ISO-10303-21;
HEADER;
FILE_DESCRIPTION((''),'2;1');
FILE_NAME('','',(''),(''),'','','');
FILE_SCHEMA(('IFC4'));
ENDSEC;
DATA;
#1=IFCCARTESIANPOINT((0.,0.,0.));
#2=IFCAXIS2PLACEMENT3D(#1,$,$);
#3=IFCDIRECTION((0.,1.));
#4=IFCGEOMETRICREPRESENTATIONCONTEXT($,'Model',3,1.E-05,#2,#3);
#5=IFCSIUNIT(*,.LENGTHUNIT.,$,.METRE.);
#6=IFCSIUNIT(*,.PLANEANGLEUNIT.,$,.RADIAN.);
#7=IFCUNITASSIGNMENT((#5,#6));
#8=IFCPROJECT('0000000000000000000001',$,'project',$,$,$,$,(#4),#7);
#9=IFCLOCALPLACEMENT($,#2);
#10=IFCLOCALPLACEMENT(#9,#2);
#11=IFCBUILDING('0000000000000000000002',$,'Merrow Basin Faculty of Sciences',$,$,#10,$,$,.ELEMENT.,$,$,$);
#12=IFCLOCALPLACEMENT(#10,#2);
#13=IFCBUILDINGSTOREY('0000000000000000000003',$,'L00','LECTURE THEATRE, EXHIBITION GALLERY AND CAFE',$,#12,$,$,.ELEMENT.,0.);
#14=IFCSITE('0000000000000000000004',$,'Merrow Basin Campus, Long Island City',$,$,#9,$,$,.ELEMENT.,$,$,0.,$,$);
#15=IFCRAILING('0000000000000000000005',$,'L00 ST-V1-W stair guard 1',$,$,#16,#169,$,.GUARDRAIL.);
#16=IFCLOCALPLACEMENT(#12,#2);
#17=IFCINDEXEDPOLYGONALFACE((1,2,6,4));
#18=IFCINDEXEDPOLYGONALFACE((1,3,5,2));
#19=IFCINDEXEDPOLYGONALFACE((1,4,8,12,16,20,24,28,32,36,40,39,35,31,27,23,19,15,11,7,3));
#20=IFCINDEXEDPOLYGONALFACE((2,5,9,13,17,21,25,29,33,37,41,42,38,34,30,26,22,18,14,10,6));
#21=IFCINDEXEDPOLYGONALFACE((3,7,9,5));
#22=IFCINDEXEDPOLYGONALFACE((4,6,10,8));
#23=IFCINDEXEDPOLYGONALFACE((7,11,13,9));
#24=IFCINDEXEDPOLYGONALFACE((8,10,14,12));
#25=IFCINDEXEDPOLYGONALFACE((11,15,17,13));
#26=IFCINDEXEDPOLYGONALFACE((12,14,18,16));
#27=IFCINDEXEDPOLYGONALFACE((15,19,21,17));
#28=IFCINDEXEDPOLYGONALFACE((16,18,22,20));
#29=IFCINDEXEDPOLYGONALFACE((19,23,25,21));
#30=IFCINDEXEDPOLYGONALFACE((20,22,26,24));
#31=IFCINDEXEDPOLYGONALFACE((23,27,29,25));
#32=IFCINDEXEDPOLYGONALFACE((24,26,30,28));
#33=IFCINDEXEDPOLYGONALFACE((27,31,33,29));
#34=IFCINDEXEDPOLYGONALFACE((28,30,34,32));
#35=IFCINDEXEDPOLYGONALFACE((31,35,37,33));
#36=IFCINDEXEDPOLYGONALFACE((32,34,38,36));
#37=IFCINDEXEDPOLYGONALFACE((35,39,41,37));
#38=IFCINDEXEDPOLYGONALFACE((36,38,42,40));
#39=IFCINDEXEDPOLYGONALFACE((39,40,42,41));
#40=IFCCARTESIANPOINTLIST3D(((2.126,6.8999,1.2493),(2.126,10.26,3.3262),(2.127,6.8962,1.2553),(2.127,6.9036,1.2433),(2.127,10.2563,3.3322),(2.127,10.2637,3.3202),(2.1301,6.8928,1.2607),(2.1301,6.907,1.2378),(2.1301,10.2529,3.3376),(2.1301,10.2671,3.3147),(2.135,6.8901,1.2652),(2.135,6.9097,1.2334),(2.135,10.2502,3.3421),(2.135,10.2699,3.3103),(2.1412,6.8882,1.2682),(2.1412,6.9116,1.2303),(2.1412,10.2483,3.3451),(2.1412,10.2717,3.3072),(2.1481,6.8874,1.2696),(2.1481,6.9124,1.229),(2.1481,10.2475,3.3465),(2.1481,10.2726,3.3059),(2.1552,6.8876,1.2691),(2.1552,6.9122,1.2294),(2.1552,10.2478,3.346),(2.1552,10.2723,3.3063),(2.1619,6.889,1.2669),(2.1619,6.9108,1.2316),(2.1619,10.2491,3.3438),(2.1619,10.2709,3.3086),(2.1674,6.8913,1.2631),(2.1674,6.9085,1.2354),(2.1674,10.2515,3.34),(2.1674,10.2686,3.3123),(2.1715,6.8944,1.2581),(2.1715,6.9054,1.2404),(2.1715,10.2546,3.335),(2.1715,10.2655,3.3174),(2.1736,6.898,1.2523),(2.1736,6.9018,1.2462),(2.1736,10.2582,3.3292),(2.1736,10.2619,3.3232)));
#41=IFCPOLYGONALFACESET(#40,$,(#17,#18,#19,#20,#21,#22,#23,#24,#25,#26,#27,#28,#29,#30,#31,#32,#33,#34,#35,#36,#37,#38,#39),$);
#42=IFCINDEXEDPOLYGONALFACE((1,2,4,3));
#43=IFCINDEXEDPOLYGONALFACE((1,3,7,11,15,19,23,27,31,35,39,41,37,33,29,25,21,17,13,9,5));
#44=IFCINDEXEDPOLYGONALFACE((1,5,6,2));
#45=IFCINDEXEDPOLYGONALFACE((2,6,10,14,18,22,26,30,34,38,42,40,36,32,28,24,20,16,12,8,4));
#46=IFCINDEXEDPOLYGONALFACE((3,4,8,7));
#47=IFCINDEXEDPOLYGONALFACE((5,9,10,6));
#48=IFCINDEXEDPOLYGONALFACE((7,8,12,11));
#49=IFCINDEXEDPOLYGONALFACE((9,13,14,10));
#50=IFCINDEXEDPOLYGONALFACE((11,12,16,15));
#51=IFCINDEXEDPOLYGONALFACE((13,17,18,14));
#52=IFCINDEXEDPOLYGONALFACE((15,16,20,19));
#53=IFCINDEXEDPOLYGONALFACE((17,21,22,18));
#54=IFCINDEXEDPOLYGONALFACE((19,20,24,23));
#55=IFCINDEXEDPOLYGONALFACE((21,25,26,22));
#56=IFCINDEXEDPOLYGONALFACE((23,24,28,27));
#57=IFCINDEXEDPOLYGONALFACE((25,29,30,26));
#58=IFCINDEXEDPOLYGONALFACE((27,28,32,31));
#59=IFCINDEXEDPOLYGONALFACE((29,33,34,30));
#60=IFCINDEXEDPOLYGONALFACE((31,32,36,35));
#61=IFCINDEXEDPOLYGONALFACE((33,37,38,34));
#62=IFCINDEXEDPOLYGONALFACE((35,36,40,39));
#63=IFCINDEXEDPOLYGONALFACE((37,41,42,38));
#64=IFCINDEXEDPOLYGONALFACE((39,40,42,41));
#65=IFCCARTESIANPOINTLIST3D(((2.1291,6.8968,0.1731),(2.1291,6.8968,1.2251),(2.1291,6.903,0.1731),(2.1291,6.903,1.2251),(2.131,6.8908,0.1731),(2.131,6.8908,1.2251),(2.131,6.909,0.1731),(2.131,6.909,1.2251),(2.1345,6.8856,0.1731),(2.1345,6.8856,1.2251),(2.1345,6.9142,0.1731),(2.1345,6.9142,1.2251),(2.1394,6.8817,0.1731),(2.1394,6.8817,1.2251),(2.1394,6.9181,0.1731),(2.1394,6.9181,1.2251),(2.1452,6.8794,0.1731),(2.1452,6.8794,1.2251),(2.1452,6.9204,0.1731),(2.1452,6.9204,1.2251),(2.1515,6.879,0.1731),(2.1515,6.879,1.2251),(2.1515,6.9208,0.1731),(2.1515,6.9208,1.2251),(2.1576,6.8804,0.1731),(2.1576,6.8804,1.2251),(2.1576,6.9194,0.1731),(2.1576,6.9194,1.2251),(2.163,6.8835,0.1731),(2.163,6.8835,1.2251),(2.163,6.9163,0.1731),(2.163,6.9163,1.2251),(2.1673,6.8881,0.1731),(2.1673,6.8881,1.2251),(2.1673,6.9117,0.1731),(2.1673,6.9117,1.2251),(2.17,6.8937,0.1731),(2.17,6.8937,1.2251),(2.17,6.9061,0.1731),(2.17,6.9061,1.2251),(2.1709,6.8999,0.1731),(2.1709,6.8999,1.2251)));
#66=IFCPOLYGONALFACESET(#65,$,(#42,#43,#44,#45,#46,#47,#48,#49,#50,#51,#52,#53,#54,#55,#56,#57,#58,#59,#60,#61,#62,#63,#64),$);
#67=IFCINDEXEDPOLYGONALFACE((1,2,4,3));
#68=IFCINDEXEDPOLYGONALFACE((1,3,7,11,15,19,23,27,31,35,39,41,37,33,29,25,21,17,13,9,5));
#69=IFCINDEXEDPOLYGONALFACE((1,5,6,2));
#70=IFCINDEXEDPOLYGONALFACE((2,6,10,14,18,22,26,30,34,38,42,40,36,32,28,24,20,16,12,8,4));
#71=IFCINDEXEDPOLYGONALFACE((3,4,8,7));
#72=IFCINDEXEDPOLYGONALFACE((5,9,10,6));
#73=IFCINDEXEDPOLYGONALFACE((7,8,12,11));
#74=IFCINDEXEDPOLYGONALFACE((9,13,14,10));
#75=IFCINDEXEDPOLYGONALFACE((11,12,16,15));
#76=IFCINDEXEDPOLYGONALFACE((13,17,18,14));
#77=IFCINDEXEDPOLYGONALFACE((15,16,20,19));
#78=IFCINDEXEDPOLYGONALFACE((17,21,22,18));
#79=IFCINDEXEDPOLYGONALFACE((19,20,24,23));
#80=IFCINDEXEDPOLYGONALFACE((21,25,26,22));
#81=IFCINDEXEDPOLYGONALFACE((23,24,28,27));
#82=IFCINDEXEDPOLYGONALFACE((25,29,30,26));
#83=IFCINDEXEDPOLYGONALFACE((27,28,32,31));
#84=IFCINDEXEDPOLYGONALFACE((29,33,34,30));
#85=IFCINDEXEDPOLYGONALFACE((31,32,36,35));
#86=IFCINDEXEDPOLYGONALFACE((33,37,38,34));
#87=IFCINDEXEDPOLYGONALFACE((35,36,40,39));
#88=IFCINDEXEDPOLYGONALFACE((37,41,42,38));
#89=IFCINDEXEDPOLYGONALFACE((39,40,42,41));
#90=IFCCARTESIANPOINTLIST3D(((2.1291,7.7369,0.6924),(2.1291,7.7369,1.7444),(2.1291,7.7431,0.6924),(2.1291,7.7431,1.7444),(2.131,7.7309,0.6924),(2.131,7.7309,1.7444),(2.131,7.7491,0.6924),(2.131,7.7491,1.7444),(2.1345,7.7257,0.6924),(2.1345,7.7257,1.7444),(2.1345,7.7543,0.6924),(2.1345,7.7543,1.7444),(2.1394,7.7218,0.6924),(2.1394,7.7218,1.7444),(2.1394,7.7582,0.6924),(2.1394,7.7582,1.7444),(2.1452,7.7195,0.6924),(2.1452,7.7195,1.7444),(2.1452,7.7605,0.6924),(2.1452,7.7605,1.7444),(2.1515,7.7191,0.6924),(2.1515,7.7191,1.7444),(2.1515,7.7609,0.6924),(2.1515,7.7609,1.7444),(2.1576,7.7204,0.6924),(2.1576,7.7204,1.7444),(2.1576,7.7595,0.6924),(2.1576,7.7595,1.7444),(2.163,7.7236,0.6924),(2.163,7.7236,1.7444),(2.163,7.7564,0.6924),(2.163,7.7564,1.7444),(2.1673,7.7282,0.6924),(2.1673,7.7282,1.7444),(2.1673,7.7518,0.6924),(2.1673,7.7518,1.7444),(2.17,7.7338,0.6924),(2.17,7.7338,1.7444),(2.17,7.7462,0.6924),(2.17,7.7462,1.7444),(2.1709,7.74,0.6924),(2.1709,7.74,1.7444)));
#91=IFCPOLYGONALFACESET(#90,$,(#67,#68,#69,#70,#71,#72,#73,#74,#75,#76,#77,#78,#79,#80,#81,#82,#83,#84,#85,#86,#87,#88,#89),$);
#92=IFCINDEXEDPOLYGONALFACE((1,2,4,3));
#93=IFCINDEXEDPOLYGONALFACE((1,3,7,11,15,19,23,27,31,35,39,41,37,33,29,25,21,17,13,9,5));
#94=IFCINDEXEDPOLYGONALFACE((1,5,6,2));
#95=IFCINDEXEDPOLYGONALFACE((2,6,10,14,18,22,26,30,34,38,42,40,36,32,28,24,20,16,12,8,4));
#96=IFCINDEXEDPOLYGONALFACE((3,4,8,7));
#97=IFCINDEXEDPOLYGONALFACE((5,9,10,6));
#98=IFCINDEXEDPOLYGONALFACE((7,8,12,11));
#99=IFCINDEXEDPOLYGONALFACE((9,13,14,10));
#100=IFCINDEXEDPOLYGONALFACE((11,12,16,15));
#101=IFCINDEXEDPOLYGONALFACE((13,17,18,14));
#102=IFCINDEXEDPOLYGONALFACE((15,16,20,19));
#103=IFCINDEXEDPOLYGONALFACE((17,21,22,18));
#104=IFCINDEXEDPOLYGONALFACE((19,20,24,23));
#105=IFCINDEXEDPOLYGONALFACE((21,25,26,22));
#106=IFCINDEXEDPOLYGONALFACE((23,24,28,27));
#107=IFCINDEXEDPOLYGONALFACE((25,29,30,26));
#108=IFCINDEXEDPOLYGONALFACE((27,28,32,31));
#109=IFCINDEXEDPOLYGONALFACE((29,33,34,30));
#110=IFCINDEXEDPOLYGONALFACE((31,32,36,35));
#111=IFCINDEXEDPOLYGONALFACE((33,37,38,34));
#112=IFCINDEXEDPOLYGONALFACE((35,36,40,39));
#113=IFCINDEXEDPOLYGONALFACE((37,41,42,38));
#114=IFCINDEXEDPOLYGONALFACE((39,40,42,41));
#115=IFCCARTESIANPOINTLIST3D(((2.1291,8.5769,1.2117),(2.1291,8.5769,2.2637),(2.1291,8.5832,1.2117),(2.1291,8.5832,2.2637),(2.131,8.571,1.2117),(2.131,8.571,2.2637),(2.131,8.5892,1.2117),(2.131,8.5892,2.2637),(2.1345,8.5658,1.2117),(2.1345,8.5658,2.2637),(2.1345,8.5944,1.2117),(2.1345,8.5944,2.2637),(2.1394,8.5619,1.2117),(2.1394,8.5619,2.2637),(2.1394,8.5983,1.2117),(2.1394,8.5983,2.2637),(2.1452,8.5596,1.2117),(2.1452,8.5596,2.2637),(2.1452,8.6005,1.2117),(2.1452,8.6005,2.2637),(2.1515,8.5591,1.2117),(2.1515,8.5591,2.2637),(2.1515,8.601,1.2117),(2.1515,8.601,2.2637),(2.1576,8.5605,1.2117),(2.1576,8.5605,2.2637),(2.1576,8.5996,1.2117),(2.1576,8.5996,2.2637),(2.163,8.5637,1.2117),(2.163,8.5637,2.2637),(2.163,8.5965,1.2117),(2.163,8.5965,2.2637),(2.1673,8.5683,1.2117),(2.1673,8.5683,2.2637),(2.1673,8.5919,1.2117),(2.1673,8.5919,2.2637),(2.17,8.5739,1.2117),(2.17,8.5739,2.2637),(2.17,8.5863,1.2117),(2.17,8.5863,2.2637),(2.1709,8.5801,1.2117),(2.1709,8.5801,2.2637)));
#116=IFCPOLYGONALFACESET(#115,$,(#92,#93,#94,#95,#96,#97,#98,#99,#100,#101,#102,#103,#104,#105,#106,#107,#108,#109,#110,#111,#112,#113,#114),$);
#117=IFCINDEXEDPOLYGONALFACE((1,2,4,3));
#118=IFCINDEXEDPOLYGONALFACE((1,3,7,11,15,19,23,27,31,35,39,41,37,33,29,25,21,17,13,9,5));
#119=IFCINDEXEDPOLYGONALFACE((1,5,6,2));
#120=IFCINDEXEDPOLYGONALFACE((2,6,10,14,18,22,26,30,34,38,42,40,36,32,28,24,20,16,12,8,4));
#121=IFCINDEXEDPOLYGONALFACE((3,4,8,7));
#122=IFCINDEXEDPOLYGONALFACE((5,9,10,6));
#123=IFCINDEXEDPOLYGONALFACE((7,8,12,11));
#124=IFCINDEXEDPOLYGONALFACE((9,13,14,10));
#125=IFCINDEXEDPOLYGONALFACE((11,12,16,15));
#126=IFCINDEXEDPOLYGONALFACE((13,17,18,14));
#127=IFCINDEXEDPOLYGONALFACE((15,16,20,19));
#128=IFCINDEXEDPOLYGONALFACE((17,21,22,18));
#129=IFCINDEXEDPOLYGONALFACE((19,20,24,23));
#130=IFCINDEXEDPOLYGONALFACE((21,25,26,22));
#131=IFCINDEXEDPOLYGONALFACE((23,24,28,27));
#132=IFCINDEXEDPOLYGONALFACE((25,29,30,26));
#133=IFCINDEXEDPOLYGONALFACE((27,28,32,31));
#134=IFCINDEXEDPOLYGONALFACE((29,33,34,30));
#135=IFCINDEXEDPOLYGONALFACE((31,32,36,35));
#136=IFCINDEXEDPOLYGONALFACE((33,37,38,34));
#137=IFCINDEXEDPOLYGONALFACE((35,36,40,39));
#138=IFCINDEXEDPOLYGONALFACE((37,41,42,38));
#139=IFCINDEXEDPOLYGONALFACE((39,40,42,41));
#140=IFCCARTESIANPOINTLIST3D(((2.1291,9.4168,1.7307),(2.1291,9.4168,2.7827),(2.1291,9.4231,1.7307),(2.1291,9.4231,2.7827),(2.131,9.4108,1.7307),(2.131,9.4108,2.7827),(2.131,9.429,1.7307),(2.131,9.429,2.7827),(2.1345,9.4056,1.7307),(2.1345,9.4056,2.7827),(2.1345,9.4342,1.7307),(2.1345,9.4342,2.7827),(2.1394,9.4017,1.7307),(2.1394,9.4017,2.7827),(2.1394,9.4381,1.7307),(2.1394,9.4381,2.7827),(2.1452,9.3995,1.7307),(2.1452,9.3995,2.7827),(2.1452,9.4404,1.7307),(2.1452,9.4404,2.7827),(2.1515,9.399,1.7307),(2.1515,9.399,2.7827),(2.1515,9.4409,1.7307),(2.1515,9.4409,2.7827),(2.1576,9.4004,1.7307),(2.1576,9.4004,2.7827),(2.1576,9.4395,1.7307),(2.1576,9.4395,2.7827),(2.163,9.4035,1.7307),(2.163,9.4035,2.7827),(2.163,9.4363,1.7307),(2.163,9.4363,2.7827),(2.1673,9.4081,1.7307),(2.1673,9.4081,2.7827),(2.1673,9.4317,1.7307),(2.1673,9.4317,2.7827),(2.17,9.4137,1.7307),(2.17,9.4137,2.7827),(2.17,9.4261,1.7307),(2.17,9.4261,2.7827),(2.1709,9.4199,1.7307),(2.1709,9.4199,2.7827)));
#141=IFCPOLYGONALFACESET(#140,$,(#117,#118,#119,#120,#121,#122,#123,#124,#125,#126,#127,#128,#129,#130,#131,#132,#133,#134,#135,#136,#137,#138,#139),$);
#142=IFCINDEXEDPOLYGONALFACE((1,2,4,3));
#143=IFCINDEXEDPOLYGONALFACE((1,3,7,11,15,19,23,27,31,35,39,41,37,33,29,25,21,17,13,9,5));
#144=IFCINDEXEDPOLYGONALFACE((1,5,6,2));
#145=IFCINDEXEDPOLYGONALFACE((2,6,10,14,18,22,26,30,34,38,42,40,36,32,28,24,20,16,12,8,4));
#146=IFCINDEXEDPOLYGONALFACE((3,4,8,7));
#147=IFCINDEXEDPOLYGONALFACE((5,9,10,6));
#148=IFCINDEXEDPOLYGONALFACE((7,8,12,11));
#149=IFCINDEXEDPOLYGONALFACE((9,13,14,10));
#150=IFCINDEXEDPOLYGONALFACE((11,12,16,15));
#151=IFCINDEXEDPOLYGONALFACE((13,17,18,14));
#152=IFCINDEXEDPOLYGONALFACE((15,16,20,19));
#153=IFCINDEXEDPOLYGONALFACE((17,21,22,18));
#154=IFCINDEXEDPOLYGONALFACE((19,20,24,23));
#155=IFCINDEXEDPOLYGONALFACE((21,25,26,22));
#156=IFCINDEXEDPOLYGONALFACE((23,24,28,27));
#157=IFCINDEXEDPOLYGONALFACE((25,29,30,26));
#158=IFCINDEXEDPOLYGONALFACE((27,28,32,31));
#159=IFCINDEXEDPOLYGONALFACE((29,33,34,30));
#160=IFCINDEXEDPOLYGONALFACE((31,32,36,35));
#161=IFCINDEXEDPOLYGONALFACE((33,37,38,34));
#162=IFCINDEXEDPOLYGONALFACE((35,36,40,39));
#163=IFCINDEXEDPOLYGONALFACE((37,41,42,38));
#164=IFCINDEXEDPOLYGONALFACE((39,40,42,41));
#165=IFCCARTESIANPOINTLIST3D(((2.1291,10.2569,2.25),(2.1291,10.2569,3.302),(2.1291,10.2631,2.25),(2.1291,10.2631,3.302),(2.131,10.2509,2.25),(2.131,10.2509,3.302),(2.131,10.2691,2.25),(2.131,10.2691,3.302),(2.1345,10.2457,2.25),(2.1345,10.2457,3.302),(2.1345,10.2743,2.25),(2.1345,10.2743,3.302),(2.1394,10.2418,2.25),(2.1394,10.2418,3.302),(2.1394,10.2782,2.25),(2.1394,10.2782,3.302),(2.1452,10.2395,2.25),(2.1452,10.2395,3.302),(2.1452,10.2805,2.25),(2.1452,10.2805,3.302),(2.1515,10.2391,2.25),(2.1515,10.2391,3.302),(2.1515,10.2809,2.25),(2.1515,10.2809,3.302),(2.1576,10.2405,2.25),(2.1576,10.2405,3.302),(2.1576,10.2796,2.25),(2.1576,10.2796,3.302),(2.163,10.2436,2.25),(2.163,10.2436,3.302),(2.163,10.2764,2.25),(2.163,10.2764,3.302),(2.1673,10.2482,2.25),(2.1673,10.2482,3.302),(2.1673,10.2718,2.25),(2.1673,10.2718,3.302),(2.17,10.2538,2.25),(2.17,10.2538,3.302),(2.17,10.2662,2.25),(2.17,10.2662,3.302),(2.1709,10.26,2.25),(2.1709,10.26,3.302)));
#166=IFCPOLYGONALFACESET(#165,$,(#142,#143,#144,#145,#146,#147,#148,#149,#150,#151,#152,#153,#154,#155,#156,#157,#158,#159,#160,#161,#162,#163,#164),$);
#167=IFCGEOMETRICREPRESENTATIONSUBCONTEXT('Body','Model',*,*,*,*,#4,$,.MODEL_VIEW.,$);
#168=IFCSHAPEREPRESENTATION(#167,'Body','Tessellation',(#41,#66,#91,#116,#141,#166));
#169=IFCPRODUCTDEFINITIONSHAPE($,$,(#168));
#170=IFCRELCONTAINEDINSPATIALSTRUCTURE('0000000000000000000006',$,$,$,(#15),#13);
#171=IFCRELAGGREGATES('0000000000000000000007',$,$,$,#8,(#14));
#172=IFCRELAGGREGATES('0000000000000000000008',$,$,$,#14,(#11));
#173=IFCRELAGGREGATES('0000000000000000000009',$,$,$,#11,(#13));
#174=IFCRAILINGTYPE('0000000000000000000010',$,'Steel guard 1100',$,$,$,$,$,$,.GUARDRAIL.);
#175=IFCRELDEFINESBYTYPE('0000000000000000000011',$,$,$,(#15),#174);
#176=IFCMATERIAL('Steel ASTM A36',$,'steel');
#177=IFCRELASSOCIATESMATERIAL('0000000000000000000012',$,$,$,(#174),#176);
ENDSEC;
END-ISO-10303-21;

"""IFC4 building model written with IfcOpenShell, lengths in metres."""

from ifc_helpers import new_model, si_unit, direction, frame, origin, origin_2d, place, context, subcontext, project, spatial, circle, extrude, material, type_object, element, save


model = new_model("IFC4")

# Units and contexts
model_context = context("Model", 3, precision=1e-05, world=origin(), true_north=direction((0.0, 1.0)))
body_context = subcontext(model_context, "Body", "Model", "MODEL_VIEW")
ifc_project = project(units=[si_unit("LENGTHUNIT", "METRE"), si_unit("PLANEANGLEUNIT", "RADIAN")], contexts=[model_context])

# Site, building, storey
site_placement = place(None, origin())
site = spatial("IfcSite", under=ifc_project, at=site_placement, Name="Merrow Basin Campus, Long Island City", CompositionType="ELEMENT", RefElevation=0.0)
building_placement = place(site_placement, origin())
building = spatial("IfcBuilding", under=site, at=building_placement, Name="Merrow Basin Faculty of Sciences", CompositionType="ELEMENT")
storey_placement = place(building_placement, origin())
storey = spatial("IfcBuildingStorey", under=building, at=storey_placement, Name="L00", Description="LECTURE THEATRE, EXHIBITION GALLERY AND CAFE", CompositionType="ELEMENT", Elevation=0.0)

# Railing
ifc_material_1 = material(Name="Steel ASTM A36", Category="steel")
railing_type_1 = type_object("IfcRailingType", Name="Steel guard 1100", PredefinedType="GUARDRAIL", material=ifc_material_1)
railing_1_placement = place(storey_placement, frame((2.1499, 6.8999, 0.1731)))
element("IfcRailing", 1, at=railing_1_placement, inside=storey, type_object=railing_type_1, Name="L00 ST-V1-W stair guard 1", PredefinedType="GUARDRAIL", context=body_context, shape_type="SweptSolid", body=[
    extrude(circle(Radius=0.0239, at=origin_2d()), frame((0.0, 0.0, 1.0762), z_axis=(0.0, 0.850623, 0.525776), x_axis=(-1.0, 0.0, 0.0)), (0.0, 0.0, 1.0), 3.9502),
    extrude(circle(Radius=0.021, at=origin_2d()), origin(), (0.0, 0.0, 1.0), 1.052),
    extrude(circle(Radius=0.021, at=origin_2d()), frame((0.0, 0.8401, 0.5193)), (0.0, 0.0, 1.0), 1.052),
    extrude(circle(Radius=0.021, at=origin_2d()), frame((0.0, 1.6802, 1.0386)), (0.0, 0.0, 1.0), 1.052),
    extrude(circle(Radius=0.021, at=origin_2d()), frame((0.0, 2.52, 1.5576)), (0.0, 0.0, 1.0), 1.052),
    extrude(circle(Radius=0.021, at=origin_2d()), frame((0.0, 3.3601, 2.0769)), (0.0, 0.0, 1.0), 1.052),
])

save(model, "model.ifc")
